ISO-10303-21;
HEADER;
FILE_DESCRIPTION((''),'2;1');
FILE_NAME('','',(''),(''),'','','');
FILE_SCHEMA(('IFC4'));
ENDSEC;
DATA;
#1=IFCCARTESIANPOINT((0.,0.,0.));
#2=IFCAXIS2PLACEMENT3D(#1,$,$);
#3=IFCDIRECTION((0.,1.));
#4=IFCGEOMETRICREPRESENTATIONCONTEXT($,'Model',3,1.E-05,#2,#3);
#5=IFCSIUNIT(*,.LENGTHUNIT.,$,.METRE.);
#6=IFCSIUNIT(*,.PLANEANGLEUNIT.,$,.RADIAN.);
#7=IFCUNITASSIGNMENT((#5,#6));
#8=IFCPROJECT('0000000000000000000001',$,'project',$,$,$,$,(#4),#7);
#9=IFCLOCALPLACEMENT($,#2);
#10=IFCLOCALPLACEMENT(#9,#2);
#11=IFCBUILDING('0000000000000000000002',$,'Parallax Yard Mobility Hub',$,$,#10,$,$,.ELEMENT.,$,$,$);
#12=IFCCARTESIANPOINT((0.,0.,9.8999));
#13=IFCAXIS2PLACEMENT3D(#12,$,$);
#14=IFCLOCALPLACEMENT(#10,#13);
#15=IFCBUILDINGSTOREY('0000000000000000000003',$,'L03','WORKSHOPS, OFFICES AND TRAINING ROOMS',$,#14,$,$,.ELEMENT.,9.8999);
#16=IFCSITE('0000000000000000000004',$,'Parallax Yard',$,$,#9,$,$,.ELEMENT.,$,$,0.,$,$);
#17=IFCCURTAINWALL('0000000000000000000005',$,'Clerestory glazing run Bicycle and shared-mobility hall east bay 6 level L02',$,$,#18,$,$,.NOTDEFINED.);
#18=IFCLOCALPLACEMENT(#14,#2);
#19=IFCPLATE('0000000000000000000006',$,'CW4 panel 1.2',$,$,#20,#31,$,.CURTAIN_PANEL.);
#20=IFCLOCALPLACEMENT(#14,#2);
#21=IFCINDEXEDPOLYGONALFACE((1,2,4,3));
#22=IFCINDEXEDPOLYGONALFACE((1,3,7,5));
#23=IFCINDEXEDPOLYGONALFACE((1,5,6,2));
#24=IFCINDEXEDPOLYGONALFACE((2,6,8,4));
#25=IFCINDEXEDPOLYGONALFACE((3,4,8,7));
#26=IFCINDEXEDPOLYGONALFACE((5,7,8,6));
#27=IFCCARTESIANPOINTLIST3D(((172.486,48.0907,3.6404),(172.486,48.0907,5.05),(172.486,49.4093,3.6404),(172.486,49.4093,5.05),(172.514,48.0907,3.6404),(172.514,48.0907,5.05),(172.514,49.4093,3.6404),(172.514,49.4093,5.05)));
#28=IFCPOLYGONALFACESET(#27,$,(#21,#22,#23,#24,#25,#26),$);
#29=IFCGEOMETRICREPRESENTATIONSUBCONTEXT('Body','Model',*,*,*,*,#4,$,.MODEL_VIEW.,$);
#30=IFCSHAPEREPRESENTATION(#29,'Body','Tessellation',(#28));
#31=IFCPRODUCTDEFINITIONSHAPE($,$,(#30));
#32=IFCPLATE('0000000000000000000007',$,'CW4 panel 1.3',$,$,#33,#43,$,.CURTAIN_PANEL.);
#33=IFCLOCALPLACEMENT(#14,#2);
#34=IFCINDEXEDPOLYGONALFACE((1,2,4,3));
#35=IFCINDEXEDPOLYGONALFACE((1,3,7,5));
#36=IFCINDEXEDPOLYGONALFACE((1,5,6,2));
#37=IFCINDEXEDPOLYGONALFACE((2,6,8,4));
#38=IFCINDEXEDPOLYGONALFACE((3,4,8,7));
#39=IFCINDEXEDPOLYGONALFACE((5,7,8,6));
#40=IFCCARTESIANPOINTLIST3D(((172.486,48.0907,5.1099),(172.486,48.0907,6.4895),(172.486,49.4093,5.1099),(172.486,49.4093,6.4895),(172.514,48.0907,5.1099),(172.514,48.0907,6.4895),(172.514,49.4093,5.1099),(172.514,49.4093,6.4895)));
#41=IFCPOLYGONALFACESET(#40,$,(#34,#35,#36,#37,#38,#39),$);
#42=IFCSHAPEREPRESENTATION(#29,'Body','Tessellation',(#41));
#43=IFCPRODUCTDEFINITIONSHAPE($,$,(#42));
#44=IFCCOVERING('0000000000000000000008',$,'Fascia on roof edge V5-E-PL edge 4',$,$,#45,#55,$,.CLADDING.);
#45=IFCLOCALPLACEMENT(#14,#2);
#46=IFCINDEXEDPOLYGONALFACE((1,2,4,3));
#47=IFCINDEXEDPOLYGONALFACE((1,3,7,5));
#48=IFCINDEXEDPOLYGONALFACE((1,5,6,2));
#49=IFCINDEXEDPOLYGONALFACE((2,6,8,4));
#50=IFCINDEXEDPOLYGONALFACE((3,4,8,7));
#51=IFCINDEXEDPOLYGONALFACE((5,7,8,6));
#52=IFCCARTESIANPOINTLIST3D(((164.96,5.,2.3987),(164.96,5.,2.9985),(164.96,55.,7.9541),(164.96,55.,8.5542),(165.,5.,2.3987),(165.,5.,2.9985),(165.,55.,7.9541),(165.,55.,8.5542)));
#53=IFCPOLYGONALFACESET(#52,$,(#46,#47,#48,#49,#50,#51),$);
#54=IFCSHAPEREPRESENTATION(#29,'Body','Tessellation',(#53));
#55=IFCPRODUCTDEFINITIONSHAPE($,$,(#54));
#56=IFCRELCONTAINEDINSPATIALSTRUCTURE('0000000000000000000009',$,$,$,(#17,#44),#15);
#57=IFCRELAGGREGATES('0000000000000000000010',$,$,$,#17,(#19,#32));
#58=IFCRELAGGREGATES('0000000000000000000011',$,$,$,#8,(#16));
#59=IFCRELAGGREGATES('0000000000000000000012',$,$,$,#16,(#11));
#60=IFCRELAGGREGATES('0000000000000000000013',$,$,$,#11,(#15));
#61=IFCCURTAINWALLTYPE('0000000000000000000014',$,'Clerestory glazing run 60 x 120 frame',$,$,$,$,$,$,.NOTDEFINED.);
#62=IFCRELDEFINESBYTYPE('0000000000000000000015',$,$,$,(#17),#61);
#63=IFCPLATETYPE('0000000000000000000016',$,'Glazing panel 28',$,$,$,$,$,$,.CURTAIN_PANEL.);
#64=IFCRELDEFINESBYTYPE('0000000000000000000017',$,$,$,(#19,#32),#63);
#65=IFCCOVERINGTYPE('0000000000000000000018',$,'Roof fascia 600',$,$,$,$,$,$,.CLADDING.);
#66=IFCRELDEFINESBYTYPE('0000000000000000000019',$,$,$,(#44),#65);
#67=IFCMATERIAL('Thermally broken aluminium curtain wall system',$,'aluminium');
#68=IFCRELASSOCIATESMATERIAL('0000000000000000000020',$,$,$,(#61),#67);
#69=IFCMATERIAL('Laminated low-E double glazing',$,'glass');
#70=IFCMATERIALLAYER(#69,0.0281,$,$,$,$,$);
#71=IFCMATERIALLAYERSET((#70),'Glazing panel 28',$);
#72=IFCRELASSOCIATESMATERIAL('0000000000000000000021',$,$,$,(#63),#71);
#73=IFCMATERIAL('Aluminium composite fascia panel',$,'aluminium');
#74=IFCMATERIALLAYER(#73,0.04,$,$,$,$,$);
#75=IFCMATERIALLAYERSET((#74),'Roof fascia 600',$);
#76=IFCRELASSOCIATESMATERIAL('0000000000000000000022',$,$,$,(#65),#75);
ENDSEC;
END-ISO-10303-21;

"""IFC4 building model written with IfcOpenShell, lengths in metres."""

from ifc_helpers import new_model, si_unit, direction, frame, origin, origin_2d, place, context, subcontext, project, spatial, polyline, rectangle, outline, extrude, material, layer, layer_set, type_object, element, aggregate, save


model = new_model("IFC4")

# Units and contexts
model_context = context("Model", 3, precision=1e-05, world=origin(), true_north=direction((0.0, 1.0)))
body_context = subcontext(model_context, "Body", "Model", "MODEL_VIEW")
ifc_project = project(units=[si_unit("LENGTHUNIT", "METRE"), si_unit("PLANEANGLEUNIT", "RADIAN")], contexts=[model_context])

# Site, building, storey
site_placement = place(None, origin())
site = spatial("IfcSite", under=ifc_project, at=site_placement, Name="Parallax Yard", CompositionType="ELEMENT", RefElevation=0.0)
building_placement = place(site_placement, origin())
building = spatial("IfcBuilding", under=site, at=building_placement, Name="Parallax Yard Mobility Hub", CompositionType="ELEMENT")
storey_placement = place(building_placement, frame((0.0, 0.0, 9.8999)))
storey = spatial("IfcBuildingStorey", under=building, at=storey_placement, Name="L03", Description="WORKSHOPS, OFFICES AND TRAINING ROOMS", CompositionType="ELEMENT", Elevation=9.8999)

# Curtain wall
ifc_material_1 = material(Name="Thermally broken aluminium curtain wall system", Category="aluminium")
curtain_wall_type = type_object("IfcCurtainWallType", Name="Clerestory glazing run 60 x 120 frame", PredefinedType="NOTDEFINED", material=ifc_material_1)
curtain_wall_1_placement = place(storey_placement, origin())
curtain_wall_1 = element("IfcCurtainWall", 1, at=curtain_wall_1_placement, inside=storey, type_object=curtain_wall_type, Name="Clerestory glazing run Bicycle and shared-mobility hall east bay 6 level L02", PredefinedType="NOTDEFINED")

# Plates
ifc_material_2 = material(Name="Laminated low-E double glazing", Category="glass")
ifc_layer_1 = layer(ifc_material_2, 0.0281)
ifc_layer_set_1 = layer_set([ifc_layer_1], Name="Glazing panel 28")
plate_type = type_object("IfcPlateType", Name="Glazing panel 28", PredefinedType="CURTAIN_PANEL", material=ifc_layer_set_1)
plate_1_placement = place(storey_placement, frame((172.5, 48.75, 3.6404), z_axis=(0.0, 0.0, 1.0), x_axis=(0.0, 1.0, 0.0)))
plate_1 = element("IfcPlate", 2, at=plate_1_placement, type_object=plate_type, Name="CW4 panel 1.2", PredefinedType="CURTAIN_PANEL", context=body_context, shape_type="SweptSolid", body=[
    extrude(rectangle(XDim=1.3186, YDim=0.0281, at=origin_2d()), origin(), (0.0, 0.0, 1.0), 1.4097),
])
plate_2_placement = place(storey_placement, frame((172.5, 48.75, 5.1099), z_axis=(0.0, 0.0, 1.0), x_axis=(0.0, 1.0, 0.0)))
plate_2 = element("IfcPlate", 3, at=plate_2_placement, type_object=plate_type, Name="CW4 panel 1.3", PredefinedType="CURTAIN_PANEL", context=body_context, shape_type="SweptSolid", body=[
    extrude(rectangle(XDim=1.3186, YDim=0.0281, at=origin_2d()), origin(), (0.0, 0.0, 1.0), 1.3796),
])
aggregate(curtain_wall_1, [plate_1, plate_2])

# Covering
ifc_material_3 = material(Name="Aluminium composite fascia panel", Category="aluminium")
ifc_layer_2 = layer(ifc_material_3, 0.04)
ifc_layer_set_2 = layer_set([ifc_layer_2], Name="Roof fascia 600")
covering_type = type_object("IfcCoveringType", Name="Roof fascia 600", PredefinedType="CLADDING", material=ifc_layer_set_2)
covering_placement = place(storey_placement, frame((165.0, 55.0, 8.5542), z_axis=(1.0, 0.0, 0.0), x_axis=(0.0, -0.993883, -0.110434)))
element("IfcCovering", 4, at=covering_placement, inside=storey, type_object=covering_type, Name="Fascia on roof edge V5-E-PL edge 4", PredefinedType="CLADDING", context=body_context, shape_type="SweptSolid", body=[
    extrude(outline(polyline([(0.0, 0.0), (50.3077, 0.0), (50.374, 0.5962), (0.0663, 0.5964), (0.0, 0.0)])), origin(), (0.0, 0.0, -1.0), 0.04),
])

save(model, "model.ifc")
